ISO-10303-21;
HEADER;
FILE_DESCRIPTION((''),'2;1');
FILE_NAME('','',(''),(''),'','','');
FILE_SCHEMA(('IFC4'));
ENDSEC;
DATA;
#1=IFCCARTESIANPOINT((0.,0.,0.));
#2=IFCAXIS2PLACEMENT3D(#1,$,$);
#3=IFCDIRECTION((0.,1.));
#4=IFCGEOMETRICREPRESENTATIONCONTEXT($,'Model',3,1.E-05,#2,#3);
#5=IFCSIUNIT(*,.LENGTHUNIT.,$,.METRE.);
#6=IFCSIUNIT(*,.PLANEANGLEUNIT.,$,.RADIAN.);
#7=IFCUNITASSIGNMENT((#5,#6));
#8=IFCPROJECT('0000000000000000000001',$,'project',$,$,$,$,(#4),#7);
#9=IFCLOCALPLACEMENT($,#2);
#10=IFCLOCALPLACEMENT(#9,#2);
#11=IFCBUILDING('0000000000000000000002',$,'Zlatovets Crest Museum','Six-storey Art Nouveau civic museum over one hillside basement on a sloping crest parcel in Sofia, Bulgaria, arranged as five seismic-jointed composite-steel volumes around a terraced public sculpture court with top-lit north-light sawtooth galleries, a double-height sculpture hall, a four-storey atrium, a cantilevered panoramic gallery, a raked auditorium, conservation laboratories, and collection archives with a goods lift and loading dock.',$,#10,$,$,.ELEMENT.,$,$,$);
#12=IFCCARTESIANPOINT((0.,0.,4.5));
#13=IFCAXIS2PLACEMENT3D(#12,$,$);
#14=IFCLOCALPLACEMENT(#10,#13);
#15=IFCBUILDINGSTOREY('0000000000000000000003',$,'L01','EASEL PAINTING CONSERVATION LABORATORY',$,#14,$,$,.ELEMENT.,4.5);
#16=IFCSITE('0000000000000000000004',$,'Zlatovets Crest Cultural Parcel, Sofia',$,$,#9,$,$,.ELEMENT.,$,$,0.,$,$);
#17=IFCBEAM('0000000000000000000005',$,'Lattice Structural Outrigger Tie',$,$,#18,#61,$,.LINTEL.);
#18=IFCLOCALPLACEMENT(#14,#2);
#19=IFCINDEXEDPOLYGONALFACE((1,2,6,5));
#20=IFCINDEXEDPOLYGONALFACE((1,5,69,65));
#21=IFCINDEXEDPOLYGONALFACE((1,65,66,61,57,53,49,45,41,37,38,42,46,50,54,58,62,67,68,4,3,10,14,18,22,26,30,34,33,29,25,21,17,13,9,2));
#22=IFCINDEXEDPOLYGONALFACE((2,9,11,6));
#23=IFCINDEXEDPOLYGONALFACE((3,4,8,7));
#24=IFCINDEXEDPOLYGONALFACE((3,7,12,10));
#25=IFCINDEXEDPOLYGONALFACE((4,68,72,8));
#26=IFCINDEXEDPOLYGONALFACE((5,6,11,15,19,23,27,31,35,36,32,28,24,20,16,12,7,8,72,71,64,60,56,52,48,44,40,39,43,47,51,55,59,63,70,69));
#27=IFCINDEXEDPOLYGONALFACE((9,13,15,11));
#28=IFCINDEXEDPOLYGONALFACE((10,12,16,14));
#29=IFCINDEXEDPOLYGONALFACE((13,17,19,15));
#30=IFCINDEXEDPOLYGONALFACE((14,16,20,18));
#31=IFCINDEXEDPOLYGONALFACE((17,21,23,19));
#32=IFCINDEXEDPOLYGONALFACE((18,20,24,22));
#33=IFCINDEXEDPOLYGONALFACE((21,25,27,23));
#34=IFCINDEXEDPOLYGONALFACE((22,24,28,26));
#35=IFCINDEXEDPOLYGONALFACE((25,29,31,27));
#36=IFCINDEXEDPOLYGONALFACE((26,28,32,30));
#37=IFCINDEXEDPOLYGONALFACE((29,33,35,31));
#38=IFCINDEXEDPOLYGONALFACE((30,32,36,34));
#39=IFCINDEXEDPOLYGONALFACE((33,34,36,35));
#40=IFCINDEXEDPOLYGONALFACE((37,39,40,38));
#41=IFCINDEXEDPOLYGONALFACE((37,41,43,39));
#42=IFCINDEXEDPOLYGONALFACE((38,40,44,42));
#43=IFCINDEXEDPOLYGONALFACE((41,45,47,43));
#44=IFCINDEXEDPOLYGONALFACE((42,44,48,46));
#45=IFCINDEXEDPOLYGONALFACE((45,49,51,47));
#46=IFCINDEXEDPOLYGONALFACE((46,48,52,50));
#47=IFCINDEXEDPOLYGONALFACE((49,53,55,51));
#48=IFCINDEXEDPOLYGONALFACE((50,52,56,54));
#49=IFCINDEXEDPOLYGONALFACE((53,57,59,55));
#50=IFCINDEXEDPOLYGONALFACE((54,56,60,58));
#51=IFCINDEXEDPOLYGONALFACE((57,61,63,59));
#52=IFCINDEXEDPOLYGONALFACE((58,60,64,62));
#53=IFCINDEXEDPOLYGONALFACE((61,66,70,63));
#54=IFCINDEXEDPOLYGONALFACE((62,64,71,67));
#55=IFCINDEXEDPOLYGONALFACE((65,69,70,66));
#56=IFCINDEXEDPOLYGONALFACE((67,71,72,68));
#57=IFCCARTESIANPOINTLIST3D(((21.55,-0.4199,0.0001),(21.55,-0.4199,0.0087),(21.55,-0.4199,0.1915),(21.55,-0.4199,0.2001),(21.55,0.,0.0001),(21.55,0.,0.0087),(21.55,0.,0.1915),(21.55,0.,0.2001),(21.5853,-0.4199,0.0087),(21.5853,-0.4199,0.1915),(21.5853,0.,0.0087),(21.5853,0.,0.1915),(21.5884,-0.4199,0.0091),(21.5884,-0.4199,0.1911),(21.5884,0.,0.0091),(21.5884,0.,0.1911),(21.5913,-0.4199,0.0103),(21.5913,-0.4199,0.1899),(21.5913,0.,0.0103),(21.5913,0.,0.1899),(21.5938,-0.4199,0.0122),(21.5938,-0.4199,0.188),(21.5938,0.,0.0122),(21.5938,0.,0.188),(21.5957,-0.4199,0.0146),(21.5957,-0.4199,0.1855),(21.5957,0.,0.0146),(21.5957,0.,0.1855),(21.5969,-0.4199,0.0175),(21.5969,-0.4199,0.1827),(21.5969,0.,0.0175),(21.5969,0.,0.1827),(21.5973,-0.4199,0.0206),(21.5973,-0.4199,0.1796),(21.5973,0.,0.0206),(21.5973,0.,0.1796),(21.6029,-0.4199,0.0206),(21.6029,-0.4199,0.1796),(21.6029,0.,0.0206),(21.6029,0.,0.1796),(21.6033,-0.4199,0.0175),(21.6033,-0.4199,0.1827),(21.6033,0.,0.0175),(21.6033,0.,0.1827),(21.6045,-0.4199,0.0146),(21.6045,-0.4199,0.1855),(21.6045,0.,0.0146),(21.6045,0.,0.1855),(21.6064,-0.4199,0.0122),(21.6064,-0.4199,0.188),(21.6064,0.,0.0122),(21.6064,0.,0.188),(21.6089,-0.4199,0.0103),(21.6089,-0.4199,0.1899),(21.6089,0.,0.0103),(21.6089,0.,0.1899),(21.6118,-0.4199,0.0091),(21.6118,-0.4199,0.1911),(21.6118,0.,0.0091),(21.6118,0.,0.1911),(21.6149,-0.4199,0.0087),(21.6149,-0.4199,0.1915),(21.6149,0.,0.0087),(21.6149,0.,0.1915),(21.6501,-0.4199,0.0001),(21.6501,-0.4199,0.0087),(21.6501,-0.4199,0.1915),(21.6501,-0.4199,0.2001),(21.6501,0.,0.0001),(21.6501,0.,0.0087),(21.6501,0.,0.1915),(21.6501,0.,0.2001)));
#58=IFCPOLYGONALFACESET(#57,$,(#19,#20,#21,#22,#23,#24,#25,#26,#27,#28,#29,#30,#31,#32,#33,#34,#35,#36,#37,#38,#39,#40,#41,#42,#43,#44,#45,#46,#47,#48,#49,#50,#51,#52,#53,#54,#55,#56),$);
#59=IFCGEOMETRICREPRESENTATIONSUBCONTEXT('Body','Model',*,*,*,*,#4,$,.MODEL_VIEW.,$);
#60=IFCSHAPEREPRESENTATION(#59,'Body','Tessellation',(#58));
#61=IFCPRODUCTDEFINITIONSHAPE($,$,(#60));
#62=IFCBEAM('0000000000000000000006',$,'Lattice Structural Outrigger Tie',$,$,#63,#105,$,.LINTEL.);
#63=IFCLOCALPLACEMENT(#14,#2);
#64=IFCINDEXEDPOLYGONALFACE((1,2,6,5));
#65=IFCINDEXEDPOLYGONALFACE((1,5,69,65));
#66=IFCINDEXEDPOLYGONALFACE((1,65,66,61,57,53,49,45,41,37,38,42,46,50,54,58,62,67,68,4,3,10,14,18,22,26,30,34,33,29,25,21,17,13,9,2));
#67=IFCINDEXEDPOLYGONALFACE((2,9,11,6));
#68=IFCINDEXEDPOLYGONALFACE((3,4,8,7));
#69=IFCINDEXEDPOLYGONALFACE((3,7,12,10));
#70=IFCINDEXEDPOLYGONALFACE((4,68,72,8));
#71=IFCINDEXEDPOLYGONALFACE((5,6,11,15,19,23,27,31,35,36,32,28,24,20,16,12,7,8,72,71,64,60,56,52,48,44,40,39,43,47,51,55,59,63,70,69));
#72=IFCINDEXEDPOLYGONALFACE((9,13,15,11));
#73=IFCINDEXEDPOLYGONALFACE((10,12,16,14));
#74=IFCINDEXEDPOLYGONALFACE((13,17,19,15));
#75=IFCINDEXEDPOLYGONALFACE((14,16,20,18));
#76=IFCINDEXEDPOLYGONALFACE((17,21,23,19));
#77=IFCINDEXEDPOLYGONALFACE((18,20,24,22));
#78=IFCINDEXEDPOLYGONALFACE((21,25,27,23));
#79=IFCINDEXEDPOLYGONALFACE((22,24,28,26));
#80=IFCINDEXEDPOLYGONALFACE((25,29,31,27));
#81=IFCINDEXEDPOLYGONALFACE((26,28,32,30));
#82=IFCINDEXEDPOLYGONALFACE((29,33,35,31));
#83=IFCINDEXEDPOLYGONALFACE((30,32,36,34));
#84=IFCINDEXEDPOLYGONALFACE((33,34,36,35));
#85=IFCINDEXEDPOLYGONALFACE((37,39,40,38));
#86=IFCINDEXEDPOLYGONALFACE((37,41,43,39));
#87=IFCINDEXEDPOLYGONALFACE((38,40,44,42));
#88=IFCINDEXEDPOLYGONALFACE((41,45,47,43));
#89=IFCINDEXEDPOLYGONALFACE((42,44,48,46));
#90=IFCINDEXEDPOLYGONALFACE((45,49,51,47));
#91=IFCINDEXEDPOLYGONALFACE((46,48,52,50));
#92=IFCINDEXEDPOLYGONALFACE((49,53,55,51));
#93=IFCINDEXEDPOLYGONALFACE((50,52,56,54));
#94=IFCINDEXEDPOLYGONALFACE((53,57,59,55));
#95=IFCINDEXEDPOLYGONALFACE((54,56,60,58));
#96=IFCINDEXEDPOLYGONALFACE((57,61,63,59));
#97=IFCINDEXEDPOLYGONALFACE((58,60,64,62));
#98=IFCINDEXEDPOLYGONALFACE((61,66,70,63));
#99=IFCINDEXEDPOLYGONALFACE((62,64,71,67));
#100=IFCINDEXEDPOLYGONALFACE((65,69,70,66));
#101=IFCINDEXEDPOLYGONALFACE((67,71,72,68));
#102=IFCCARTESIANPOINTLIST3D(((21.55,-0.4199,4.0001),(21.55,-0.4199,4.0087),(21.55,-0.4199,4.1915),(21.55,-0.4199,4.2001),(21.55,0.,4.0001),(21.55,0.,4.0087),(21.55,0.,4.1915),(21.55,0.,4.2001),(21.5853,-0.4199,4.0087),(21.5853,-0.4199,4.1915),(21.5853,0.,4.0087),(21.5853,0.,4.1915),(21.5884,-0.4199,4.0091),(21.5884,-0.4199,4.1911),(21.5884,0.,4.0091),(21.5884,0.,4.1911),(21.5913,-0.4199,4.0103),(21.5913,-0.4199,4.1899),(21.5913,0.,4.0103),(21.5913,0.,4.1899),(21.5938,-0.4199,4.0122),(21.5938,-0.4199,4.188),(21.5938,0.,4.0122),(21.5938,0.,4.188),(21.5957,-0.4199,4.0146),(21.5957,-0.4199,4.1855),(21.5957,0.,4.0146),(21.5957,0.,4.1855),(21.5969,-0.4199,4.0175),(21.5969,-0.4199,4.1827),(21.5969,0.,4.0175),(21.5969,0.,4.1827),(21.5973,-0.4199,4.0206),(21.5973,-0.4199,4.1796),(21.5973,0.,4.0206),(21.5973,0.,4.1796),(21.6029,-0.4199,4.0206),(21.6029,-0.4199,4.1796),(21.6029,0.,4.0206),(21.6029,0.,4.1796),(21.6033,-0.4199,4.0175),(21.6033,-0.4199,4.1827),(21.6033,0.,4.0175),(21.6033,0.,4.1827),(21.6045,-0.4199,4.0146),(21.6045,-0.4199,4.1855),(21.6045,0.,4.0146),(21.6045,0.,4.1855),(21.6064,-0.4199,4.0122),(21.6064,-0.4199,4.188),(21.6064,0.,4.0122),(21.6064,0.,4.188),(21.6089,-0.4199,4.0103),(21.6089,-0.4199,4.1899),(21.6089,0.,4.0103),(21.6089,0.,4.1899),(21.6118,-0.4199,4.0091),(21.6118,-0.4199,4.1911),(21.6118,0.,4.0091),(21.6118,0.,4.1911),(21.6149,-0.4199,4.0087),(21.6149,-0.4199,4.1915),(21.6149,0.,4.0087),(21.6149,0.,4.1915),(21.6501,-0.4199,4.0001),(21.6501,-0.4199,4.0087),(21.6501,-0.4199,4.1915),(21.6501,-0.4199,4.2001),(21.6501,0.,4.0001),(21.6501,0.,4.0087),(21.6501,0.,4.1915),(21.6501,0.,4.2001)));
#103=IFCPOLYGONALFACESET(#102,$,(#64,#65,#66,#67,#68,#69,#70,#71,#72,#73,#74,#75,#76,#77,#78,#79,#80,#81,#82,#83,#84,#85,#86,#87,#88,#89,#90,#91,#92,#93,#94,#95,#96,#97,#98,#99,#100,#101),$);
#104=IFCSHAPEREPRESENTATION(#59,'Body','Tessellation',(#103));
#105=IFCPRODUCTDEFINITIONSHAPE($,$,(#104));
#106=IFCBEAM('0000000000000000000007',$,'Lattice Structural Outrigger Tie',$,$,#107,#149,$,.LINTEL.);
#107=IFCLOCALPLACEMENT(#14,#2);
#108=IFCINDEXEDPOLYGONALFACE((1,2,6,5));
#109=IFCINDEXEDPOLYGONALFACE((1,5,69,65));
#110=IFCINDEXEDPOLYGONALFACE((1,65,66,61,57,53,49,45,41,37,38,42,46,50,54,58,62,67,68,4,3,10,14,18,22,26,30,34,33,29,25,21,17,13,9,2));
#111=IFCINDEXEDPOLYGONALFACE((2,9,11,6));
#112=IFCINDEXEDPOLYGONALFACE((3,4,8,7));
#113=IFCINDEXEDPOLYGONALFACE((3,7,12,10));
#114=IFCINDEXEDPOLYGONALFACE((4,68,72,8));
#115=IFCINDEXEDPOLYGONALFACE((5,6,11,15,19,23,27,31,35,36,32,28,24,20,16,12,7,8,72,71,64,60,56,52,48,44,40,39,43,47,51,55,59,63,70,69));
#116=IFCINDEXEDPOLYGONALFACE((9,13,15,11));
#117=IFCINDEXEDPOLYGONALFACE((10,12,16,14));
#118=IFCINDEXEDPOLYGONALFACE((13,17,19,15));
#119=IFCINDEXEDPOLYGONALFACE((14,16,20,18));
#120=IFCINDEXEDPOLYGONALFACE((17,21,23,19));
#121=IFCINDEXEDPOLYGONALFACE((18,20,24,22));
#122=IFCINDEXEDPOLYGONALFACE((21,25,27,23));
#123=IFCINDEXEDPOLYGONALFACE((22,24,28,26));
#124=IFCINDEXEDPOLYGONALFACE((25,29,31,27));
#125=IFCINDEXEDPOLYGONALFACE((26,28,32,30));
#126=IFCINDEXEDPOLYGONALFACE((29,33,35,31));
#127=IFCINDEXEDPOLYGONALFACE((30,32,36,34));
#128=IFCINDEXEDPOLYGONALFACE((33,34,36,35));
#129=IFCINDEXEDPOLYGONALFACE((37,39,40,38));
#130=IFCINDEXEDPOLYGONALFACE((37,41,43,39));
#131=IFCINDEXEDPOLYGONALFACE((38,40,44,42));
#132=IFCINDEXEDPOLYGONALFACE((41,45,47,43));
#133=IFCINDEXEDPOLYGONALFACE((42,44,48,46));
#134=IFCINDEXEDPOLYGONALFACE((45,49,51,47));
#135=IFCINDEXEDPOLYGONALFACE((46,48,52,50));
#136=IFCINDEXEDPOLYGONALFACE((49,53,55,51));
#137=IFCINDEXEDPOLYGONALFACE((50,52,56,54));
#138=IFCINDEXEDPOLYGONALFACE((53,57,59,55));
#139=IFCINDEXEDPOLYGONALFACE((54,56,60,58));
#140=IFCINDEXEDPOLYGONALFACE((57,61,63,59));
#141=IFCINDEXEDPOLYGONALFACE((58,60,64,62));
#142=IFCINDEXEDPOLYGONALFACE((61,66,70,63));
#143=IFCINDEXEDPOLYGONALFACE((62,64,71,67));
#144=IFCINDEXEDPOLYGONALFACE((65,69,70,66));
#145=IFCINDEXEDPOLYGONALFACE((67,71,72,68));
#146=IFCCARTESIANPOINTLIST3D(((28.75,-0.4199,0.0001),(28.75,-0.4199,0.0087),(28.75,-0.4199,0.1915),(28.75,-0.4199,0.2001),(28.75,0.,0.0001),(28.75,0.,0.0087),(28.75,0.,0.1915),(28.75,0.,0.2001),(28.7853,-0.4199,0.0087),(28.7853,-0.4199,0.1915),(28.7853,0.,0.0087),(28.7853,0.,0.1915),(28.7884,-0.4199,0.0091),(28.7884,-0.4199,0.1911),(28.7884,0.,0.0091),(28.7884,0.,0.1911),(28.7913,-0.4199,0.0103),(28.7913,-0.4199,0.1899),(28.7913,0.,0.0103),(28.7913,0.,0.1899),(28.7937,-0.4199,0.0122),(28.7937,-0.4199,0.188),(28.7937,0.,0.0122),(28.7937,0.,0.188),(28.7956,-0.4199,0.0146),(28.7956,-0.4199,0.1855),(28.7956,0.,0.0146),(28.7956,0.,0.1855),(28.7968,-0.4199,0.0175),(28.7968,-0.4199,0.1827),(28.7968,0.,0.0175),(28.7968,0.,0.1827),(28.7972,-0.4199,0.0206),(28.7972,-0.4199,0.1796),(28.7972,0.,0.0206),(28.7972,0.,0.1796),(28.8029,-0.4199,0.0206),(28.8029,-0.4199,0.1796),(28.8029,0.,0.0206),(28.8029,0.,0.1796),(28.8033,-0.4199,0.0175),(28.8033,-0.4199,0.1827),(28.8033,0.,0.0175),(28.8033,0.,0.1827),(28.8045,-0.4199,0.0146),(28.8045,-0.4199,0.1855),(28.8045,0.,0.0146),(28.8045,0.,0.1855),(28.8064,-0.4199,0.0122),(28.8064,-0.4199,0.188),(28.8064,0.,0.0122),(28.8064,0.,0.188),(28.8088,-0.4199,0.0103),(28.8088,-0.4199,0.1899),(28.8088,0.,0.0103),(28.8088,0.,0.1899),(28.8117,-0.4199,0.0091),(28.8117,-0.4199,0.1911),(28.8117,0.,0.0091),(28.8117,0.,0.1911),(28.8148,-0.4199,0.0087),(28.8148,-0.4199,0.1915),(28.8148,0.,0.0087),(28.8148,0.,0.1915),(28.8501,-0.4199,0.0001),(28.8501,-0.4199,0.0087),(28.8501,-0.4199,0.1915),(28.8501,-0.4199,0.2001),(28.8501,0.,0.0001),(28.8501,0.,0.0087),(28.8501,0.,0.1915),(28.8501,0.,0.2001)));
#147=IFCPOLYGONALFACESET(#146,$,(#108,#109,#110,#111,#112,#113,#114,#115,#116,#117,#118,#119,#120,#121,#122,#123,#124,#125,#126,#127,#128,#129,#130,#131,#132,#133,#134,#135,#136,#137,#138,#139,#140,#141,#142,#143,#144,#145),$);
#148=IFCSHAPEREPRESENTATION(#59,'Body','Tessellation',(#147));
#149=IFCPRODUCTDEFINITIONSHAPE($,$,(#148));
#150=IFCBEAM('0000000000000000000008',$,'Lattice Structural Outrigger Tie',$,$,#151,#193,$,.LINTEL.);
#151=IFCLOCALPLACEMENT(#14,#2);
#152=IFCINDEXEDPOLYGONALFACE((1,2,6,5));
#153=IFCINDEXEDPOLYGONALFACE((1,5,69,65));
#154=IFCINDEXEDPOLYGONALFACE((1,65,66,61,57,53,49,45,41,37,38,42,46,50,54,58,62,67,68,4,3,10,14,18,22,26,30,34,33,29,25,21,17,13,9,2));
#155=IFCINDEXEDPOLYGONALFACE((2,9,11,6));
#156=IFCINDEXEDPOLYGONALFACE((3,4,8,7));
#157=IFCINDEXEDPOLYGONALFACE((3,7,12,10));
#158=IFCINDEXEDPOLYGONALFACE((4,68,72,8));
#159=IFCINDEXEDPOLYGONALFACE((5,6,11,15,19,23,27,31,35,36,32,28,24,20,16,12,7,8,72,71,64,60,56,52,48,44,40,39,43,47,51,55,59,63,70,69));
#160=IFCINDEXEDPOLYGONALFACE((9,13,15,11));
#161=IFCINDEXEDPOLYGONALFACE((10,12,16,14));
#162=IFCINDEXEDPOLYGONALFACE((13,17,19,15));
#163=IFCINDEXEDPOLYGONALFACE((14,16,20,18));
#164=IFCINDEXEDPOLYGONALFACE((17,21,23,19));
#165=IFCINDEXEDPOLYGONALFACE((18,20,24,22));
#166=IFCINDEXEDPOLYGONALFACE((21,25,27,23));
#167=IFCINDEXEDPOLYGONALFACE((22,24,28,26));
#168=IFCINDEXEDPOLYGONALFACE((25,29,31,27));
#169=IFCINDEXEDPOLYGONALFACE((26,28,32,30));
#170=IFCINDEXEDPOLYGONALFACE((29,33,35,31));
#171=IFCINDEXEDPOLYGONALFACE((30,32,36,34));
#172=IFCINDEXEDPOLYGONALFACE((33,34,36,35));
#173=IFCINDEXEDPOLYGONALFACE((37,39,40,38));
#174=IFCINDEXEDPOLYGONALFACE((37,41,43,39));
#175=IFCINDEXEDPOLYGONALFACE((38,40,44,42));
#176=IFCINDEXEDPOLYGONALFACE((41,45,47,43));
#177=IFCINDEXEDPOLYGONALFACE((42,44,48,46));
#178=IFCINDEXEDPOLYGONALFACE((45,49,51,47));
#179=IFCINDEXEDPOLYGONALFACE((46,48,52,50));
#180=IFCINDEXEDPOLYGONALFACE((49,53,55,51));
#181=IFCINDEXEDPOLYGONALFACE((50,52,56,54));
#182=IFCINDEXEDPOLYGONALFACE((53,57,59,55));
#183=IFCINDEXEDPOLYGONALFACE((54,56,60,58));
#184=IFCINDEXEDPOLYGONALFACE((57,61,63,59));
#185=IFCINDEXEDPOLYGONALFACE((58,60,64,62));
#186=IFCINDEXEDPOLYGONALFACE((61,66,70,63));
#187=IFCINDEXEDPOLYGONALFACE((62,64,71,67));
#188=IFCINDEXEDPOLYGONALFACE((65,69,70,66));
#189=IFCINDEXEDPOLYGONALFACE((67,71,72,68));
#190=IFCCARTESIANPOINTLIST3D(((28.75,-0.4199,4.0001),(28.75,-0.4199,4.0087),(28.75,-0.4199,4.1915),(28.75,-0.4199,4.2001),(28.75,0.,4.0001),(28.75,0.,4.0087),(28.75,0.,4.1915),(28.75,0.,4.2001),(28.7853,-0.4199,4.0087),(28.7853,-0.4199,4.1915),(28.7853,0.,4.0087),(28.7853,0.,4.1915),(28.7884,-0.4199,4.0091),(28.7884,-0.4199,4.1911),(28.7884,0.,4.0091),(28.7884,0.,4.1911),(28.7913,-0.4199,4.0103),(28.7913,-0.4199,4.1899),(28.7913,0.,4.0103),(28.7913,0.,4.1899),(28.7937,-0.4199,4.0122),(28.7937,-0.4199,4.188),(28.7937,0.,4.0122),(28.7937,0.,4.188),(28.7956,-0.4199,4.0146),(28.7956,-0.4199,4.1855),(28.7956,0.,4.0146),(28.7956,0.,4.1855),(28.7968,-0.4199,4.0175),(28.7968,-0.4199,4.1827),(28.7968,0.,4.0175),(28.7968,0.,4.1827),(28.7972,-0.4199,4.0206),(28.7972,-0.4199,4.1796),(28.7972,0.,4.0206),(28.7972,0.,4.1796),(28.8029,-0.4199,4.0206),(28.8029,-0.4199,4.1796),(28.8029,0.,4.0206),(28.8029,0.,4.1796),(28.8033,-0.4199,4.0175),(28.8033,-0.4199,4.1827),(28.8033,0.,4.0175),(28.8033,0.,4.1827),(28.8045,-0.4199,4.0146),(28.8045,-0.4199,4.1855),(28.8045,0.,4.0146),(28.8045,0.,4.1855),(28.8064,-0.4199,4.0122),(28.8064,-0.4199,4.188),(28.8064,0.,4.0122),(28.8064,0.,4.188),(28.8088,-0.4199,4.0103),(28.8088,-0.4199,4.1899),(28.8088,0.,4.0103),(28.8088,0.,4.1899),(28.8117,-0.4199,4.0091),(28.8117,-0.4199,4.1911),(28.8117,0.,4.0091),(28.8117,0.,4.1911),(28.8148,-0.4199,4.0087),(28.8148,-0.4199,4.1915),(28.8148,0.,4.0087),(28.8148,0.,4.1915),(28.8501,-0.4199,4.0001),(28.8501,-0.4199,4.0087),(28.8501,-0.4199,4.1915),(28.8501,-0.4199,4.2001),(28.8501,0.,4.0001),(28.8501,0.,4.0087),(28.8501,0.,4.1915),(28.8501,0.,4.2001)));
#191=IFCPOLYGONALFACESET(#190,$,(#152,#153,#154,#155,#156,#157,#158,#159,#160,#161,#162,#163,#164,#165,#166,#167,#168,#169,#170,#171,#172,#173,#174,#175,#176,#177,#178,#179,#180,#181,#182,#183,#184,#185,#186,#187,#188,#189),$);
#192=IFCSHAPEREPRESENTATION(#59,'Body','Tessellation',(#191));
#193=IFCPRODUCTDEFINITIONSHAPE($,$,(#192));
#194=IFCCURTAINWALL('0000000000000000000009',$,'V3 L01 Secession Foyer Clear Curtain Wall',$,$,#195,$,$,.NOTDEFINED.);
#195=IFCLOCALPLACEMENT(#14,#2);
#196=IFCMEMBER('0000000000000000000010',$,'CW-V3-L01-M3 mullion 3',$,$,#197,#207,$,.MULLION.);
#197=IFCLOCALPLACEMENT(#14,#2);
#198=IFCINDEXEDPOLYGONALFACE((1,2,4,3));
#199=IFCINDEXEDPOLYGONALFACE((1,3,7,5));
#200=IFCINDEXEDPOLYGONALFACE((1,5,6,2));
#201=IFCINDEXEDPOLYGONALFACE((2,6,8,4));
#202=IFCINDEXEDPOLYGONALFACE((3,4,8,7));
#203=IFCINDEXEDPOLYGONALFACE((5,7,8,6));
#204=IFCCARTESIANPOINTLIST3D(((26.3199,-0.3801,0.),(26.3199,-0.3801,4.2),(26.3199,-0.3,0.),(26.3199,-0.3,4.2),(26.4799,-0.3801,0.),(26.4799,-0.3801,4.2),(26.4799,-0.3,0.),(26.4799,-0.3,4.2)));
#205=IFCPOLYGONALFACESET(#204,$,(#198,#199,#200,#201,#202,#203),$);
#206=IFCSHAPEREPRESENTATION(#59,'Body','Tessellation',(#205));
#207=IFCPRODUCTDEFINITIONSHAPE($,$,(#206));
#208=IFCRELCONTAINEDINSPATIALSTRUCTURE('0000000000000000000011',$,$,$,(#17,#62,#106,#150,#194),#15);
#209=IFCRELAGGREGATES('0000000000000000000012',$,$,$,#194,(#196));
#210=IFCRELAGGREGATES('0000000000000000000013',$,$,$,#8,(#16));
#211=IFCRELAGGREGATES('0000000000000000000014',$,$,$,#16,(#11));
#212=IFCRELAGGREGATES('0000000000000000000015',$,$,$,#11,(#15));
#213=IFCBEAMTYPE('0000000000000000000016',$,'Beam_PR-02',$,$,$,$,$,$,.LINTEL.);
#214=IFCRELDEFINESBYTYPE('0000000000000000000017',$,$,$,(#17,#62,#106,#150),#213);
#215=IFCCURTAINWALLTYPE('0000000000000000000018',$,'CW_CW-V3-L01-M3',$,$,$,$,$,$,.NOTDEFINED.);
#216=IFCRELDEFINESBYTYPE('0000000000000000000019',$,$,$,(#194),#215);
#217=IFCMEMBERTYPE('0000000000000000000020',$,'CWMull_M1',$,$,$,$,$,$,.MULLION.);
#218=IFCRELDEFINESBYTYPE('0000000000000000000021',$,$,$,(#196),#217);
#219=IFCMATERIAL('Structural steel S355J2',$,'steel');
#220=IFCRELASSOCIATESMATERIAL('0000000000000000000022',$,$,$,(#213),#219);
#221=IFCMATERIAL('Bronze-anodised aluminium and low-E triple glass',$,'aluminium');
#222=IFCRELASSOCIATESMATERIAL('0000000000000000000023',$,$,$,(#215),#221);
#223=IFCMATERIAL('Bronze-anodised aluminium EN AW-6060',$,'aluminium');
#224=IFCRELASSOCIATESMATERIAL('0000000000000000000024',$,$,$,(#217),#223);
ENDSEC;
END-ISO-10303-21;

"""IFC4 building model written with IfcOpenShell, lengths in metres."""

from ifc_helpers import new_model, si_unit, direction, frame, origin, origin_2d, place, context, subcontext, project, spatial, rectangle, i_section, extrude, material, material_profile, profile_set, type_object, element, aggregate, save


model = new_model("IFC4")

# Units and contexts
model_context = context("Model", 3, precision=1e-05, world=origin(), true_north=direction((0.0, 1.0)))
body_context = subcontext(model_context, "Body", "Model", "MODEL_VIEW")
ifc_project = project(units=[si_unit("LENGTHUNIT", "METRE"), si_unit("PLANEANGLEUNIT", "RADIAN")], contexts=[model_context])

# Site, building, storey
site_placement = place(None, origin())
site = spatial("IfcSite", under=ifc_project, at=site_placement, Name="Zlatovets Crest Cultural Parcel, Sofia", CompositionType="ELEMENT", RefElevation=0.0)
building_placement = place(site_placement, origin())
building = spatial("IfcBuilding", under=site, at=building_placement, Name="Zlatovets Crest Museum", Description="Six-storey Art Nouveau civic museum over one hillside basement on a sloping crest parcel in Sofia, Bulgaria, arranged as five seismic-jointed composite-steel volumes around a terraced public sculpture court with top-lit north-light sawtooth galleries, a double-height sculpture hall, a four-storey atrium, a cantilevered panoramic gallery, a raked auditorium, conservation laboratories, and collection archives with a goods lift and loading dock.", CompositionType="ELEMENT")
storey_placement = place(building_placement, frame((0.0, 0.0, 4.5)))
storey = spatial("IfcBuildingStorey", under=building, at=storey_placement, Name="L01", Description="EASEL PAINTING CONSERVATION LABORATORY", CompositionType="ELEMENT", Elevation=4.5)

# Shared definitions
ifc_material_1 = material(Name="Structural steel S355J2", Category="steel")

# Beams
ifc_material_profile_1 = material_profile(ifc_material_1, i_section(OverallWidth=0.1001, OverallDepth=0.2, WebThickness=0.0056, FlangeThickness=0.0085, FilletRadius=0.012, at=origin_2d()), Name="IPE 200")
ifc_profile_set_1 = profile_set([ifc_material_profile_1], Name="Structural steel S355J2")
beam_type_1 = type_object("IfcBeamType", Name="Beam_PR-02", PredefinedType="LINTEL", material=ifc_profile_set_1)
for number, where, z_axis, x_axis, name in (
    (1, (21.6001, 0.0, 0.1001), (0.0, -1.0, 0.0), (1.0, 0.0, 0.0), "Lattice Structural Outrigger Tie"),
    (2, (21.6001, 0.0, 4.1001), (0.0, -1.0, 0.0), (1.0, 0.0, 0.0), "Lattice Structural Outrigger Tie"),
    (3, (28.8, 0.0, 0.1001), (0.0, -1.0, 0.0), (1.0, 0.0, 0.0), "Lattice Structural Outrigger Tie"),
    (4, (28.8, 0.0, 4.1001), (0.0, -1.0, 0.0), (1.0, 0.0, 0.0), "Lattice Structural Outrigger Tie"),
):
    element("IfcBeam", number, at=place(storey_placement, frame(where, z_axis=z_axis, x_axis=x_axis)), inside=storey, type_object=beam_type_1, Name=name, PredefinedType="LINTEL", context=body_context, shape_type="SweptSolid", body=[
        extrude(i_section(OverallWidth=0.1001, OverallDepth=0.2, WebThickness=0.0056, FlangeThickness=0.0085, FilletRadius=0.012, at=origin_2d()), origin(), (0.0, 0.0, 1.0), 0.4199),
    ])

# Curtain wall, member
ifc_material_2 = material(Name="Bronze-anodised aluminium and low-E triple glass", Category="aluminium")
curtain_wall_type = type_object("IfcCurtainWallType", Name="CW_CW-V3-L01-M3", PredefinedType="NOTDEFINED", material=ifc_material_2)
curtain_wall_placement = place(storey_placement, origin())
curtain_wall = element("IfcCurtainWall", 5, at=curtain_wall_placement, inside=storey, type_object=curtain_wall_type, Name="V3 L01 Secession Foyer Clear Curtain Wall", PredefinedType="NOTDEFINED")
ifc_material_3 = material(Name="Bronze-anodised aluminium EN AW-6060", Category="aluminium")
ifc_material_profile_2 = material_profile(ifc_material_3, rectangle(XDim=0.0801, YDim=0.1599, at=origin_2d()), Name="ALU 80x160")
ifc_profile_set_2 = profile_set([ifc_material_profile_2], Name="Bronze-anodised aluminium EN AW-6060")
member_type_1 = type_object("IfcMemberType", Name="CWMull_M1", PredefinedType="MULLION", material=ifc_profile_set_2)
member_1_placement = place(storey_placement, frame((26.3999, -0.3401, 0.0), z_axis=(0.0, 0.0, 1.0), x_axis=(0.0, 1.0, 0.0)))
member_1 = element("IfcMember", 6, at=member_1_placement, type_object=member_type_1, Name="CW-V3-L01-M3 mullion 3", PredefinedType="MULLION", context=body_context, shape_type="SweptSolid", body=[
    extrude(rectangle(XDim=0.0801, YDim=0.1599, at=origin_2d()), origin(), (0.0, 0.0, 1.0), 4.2),
])
aggregate(curtain_wall, [member_1])

save(model, "model.ifc")
